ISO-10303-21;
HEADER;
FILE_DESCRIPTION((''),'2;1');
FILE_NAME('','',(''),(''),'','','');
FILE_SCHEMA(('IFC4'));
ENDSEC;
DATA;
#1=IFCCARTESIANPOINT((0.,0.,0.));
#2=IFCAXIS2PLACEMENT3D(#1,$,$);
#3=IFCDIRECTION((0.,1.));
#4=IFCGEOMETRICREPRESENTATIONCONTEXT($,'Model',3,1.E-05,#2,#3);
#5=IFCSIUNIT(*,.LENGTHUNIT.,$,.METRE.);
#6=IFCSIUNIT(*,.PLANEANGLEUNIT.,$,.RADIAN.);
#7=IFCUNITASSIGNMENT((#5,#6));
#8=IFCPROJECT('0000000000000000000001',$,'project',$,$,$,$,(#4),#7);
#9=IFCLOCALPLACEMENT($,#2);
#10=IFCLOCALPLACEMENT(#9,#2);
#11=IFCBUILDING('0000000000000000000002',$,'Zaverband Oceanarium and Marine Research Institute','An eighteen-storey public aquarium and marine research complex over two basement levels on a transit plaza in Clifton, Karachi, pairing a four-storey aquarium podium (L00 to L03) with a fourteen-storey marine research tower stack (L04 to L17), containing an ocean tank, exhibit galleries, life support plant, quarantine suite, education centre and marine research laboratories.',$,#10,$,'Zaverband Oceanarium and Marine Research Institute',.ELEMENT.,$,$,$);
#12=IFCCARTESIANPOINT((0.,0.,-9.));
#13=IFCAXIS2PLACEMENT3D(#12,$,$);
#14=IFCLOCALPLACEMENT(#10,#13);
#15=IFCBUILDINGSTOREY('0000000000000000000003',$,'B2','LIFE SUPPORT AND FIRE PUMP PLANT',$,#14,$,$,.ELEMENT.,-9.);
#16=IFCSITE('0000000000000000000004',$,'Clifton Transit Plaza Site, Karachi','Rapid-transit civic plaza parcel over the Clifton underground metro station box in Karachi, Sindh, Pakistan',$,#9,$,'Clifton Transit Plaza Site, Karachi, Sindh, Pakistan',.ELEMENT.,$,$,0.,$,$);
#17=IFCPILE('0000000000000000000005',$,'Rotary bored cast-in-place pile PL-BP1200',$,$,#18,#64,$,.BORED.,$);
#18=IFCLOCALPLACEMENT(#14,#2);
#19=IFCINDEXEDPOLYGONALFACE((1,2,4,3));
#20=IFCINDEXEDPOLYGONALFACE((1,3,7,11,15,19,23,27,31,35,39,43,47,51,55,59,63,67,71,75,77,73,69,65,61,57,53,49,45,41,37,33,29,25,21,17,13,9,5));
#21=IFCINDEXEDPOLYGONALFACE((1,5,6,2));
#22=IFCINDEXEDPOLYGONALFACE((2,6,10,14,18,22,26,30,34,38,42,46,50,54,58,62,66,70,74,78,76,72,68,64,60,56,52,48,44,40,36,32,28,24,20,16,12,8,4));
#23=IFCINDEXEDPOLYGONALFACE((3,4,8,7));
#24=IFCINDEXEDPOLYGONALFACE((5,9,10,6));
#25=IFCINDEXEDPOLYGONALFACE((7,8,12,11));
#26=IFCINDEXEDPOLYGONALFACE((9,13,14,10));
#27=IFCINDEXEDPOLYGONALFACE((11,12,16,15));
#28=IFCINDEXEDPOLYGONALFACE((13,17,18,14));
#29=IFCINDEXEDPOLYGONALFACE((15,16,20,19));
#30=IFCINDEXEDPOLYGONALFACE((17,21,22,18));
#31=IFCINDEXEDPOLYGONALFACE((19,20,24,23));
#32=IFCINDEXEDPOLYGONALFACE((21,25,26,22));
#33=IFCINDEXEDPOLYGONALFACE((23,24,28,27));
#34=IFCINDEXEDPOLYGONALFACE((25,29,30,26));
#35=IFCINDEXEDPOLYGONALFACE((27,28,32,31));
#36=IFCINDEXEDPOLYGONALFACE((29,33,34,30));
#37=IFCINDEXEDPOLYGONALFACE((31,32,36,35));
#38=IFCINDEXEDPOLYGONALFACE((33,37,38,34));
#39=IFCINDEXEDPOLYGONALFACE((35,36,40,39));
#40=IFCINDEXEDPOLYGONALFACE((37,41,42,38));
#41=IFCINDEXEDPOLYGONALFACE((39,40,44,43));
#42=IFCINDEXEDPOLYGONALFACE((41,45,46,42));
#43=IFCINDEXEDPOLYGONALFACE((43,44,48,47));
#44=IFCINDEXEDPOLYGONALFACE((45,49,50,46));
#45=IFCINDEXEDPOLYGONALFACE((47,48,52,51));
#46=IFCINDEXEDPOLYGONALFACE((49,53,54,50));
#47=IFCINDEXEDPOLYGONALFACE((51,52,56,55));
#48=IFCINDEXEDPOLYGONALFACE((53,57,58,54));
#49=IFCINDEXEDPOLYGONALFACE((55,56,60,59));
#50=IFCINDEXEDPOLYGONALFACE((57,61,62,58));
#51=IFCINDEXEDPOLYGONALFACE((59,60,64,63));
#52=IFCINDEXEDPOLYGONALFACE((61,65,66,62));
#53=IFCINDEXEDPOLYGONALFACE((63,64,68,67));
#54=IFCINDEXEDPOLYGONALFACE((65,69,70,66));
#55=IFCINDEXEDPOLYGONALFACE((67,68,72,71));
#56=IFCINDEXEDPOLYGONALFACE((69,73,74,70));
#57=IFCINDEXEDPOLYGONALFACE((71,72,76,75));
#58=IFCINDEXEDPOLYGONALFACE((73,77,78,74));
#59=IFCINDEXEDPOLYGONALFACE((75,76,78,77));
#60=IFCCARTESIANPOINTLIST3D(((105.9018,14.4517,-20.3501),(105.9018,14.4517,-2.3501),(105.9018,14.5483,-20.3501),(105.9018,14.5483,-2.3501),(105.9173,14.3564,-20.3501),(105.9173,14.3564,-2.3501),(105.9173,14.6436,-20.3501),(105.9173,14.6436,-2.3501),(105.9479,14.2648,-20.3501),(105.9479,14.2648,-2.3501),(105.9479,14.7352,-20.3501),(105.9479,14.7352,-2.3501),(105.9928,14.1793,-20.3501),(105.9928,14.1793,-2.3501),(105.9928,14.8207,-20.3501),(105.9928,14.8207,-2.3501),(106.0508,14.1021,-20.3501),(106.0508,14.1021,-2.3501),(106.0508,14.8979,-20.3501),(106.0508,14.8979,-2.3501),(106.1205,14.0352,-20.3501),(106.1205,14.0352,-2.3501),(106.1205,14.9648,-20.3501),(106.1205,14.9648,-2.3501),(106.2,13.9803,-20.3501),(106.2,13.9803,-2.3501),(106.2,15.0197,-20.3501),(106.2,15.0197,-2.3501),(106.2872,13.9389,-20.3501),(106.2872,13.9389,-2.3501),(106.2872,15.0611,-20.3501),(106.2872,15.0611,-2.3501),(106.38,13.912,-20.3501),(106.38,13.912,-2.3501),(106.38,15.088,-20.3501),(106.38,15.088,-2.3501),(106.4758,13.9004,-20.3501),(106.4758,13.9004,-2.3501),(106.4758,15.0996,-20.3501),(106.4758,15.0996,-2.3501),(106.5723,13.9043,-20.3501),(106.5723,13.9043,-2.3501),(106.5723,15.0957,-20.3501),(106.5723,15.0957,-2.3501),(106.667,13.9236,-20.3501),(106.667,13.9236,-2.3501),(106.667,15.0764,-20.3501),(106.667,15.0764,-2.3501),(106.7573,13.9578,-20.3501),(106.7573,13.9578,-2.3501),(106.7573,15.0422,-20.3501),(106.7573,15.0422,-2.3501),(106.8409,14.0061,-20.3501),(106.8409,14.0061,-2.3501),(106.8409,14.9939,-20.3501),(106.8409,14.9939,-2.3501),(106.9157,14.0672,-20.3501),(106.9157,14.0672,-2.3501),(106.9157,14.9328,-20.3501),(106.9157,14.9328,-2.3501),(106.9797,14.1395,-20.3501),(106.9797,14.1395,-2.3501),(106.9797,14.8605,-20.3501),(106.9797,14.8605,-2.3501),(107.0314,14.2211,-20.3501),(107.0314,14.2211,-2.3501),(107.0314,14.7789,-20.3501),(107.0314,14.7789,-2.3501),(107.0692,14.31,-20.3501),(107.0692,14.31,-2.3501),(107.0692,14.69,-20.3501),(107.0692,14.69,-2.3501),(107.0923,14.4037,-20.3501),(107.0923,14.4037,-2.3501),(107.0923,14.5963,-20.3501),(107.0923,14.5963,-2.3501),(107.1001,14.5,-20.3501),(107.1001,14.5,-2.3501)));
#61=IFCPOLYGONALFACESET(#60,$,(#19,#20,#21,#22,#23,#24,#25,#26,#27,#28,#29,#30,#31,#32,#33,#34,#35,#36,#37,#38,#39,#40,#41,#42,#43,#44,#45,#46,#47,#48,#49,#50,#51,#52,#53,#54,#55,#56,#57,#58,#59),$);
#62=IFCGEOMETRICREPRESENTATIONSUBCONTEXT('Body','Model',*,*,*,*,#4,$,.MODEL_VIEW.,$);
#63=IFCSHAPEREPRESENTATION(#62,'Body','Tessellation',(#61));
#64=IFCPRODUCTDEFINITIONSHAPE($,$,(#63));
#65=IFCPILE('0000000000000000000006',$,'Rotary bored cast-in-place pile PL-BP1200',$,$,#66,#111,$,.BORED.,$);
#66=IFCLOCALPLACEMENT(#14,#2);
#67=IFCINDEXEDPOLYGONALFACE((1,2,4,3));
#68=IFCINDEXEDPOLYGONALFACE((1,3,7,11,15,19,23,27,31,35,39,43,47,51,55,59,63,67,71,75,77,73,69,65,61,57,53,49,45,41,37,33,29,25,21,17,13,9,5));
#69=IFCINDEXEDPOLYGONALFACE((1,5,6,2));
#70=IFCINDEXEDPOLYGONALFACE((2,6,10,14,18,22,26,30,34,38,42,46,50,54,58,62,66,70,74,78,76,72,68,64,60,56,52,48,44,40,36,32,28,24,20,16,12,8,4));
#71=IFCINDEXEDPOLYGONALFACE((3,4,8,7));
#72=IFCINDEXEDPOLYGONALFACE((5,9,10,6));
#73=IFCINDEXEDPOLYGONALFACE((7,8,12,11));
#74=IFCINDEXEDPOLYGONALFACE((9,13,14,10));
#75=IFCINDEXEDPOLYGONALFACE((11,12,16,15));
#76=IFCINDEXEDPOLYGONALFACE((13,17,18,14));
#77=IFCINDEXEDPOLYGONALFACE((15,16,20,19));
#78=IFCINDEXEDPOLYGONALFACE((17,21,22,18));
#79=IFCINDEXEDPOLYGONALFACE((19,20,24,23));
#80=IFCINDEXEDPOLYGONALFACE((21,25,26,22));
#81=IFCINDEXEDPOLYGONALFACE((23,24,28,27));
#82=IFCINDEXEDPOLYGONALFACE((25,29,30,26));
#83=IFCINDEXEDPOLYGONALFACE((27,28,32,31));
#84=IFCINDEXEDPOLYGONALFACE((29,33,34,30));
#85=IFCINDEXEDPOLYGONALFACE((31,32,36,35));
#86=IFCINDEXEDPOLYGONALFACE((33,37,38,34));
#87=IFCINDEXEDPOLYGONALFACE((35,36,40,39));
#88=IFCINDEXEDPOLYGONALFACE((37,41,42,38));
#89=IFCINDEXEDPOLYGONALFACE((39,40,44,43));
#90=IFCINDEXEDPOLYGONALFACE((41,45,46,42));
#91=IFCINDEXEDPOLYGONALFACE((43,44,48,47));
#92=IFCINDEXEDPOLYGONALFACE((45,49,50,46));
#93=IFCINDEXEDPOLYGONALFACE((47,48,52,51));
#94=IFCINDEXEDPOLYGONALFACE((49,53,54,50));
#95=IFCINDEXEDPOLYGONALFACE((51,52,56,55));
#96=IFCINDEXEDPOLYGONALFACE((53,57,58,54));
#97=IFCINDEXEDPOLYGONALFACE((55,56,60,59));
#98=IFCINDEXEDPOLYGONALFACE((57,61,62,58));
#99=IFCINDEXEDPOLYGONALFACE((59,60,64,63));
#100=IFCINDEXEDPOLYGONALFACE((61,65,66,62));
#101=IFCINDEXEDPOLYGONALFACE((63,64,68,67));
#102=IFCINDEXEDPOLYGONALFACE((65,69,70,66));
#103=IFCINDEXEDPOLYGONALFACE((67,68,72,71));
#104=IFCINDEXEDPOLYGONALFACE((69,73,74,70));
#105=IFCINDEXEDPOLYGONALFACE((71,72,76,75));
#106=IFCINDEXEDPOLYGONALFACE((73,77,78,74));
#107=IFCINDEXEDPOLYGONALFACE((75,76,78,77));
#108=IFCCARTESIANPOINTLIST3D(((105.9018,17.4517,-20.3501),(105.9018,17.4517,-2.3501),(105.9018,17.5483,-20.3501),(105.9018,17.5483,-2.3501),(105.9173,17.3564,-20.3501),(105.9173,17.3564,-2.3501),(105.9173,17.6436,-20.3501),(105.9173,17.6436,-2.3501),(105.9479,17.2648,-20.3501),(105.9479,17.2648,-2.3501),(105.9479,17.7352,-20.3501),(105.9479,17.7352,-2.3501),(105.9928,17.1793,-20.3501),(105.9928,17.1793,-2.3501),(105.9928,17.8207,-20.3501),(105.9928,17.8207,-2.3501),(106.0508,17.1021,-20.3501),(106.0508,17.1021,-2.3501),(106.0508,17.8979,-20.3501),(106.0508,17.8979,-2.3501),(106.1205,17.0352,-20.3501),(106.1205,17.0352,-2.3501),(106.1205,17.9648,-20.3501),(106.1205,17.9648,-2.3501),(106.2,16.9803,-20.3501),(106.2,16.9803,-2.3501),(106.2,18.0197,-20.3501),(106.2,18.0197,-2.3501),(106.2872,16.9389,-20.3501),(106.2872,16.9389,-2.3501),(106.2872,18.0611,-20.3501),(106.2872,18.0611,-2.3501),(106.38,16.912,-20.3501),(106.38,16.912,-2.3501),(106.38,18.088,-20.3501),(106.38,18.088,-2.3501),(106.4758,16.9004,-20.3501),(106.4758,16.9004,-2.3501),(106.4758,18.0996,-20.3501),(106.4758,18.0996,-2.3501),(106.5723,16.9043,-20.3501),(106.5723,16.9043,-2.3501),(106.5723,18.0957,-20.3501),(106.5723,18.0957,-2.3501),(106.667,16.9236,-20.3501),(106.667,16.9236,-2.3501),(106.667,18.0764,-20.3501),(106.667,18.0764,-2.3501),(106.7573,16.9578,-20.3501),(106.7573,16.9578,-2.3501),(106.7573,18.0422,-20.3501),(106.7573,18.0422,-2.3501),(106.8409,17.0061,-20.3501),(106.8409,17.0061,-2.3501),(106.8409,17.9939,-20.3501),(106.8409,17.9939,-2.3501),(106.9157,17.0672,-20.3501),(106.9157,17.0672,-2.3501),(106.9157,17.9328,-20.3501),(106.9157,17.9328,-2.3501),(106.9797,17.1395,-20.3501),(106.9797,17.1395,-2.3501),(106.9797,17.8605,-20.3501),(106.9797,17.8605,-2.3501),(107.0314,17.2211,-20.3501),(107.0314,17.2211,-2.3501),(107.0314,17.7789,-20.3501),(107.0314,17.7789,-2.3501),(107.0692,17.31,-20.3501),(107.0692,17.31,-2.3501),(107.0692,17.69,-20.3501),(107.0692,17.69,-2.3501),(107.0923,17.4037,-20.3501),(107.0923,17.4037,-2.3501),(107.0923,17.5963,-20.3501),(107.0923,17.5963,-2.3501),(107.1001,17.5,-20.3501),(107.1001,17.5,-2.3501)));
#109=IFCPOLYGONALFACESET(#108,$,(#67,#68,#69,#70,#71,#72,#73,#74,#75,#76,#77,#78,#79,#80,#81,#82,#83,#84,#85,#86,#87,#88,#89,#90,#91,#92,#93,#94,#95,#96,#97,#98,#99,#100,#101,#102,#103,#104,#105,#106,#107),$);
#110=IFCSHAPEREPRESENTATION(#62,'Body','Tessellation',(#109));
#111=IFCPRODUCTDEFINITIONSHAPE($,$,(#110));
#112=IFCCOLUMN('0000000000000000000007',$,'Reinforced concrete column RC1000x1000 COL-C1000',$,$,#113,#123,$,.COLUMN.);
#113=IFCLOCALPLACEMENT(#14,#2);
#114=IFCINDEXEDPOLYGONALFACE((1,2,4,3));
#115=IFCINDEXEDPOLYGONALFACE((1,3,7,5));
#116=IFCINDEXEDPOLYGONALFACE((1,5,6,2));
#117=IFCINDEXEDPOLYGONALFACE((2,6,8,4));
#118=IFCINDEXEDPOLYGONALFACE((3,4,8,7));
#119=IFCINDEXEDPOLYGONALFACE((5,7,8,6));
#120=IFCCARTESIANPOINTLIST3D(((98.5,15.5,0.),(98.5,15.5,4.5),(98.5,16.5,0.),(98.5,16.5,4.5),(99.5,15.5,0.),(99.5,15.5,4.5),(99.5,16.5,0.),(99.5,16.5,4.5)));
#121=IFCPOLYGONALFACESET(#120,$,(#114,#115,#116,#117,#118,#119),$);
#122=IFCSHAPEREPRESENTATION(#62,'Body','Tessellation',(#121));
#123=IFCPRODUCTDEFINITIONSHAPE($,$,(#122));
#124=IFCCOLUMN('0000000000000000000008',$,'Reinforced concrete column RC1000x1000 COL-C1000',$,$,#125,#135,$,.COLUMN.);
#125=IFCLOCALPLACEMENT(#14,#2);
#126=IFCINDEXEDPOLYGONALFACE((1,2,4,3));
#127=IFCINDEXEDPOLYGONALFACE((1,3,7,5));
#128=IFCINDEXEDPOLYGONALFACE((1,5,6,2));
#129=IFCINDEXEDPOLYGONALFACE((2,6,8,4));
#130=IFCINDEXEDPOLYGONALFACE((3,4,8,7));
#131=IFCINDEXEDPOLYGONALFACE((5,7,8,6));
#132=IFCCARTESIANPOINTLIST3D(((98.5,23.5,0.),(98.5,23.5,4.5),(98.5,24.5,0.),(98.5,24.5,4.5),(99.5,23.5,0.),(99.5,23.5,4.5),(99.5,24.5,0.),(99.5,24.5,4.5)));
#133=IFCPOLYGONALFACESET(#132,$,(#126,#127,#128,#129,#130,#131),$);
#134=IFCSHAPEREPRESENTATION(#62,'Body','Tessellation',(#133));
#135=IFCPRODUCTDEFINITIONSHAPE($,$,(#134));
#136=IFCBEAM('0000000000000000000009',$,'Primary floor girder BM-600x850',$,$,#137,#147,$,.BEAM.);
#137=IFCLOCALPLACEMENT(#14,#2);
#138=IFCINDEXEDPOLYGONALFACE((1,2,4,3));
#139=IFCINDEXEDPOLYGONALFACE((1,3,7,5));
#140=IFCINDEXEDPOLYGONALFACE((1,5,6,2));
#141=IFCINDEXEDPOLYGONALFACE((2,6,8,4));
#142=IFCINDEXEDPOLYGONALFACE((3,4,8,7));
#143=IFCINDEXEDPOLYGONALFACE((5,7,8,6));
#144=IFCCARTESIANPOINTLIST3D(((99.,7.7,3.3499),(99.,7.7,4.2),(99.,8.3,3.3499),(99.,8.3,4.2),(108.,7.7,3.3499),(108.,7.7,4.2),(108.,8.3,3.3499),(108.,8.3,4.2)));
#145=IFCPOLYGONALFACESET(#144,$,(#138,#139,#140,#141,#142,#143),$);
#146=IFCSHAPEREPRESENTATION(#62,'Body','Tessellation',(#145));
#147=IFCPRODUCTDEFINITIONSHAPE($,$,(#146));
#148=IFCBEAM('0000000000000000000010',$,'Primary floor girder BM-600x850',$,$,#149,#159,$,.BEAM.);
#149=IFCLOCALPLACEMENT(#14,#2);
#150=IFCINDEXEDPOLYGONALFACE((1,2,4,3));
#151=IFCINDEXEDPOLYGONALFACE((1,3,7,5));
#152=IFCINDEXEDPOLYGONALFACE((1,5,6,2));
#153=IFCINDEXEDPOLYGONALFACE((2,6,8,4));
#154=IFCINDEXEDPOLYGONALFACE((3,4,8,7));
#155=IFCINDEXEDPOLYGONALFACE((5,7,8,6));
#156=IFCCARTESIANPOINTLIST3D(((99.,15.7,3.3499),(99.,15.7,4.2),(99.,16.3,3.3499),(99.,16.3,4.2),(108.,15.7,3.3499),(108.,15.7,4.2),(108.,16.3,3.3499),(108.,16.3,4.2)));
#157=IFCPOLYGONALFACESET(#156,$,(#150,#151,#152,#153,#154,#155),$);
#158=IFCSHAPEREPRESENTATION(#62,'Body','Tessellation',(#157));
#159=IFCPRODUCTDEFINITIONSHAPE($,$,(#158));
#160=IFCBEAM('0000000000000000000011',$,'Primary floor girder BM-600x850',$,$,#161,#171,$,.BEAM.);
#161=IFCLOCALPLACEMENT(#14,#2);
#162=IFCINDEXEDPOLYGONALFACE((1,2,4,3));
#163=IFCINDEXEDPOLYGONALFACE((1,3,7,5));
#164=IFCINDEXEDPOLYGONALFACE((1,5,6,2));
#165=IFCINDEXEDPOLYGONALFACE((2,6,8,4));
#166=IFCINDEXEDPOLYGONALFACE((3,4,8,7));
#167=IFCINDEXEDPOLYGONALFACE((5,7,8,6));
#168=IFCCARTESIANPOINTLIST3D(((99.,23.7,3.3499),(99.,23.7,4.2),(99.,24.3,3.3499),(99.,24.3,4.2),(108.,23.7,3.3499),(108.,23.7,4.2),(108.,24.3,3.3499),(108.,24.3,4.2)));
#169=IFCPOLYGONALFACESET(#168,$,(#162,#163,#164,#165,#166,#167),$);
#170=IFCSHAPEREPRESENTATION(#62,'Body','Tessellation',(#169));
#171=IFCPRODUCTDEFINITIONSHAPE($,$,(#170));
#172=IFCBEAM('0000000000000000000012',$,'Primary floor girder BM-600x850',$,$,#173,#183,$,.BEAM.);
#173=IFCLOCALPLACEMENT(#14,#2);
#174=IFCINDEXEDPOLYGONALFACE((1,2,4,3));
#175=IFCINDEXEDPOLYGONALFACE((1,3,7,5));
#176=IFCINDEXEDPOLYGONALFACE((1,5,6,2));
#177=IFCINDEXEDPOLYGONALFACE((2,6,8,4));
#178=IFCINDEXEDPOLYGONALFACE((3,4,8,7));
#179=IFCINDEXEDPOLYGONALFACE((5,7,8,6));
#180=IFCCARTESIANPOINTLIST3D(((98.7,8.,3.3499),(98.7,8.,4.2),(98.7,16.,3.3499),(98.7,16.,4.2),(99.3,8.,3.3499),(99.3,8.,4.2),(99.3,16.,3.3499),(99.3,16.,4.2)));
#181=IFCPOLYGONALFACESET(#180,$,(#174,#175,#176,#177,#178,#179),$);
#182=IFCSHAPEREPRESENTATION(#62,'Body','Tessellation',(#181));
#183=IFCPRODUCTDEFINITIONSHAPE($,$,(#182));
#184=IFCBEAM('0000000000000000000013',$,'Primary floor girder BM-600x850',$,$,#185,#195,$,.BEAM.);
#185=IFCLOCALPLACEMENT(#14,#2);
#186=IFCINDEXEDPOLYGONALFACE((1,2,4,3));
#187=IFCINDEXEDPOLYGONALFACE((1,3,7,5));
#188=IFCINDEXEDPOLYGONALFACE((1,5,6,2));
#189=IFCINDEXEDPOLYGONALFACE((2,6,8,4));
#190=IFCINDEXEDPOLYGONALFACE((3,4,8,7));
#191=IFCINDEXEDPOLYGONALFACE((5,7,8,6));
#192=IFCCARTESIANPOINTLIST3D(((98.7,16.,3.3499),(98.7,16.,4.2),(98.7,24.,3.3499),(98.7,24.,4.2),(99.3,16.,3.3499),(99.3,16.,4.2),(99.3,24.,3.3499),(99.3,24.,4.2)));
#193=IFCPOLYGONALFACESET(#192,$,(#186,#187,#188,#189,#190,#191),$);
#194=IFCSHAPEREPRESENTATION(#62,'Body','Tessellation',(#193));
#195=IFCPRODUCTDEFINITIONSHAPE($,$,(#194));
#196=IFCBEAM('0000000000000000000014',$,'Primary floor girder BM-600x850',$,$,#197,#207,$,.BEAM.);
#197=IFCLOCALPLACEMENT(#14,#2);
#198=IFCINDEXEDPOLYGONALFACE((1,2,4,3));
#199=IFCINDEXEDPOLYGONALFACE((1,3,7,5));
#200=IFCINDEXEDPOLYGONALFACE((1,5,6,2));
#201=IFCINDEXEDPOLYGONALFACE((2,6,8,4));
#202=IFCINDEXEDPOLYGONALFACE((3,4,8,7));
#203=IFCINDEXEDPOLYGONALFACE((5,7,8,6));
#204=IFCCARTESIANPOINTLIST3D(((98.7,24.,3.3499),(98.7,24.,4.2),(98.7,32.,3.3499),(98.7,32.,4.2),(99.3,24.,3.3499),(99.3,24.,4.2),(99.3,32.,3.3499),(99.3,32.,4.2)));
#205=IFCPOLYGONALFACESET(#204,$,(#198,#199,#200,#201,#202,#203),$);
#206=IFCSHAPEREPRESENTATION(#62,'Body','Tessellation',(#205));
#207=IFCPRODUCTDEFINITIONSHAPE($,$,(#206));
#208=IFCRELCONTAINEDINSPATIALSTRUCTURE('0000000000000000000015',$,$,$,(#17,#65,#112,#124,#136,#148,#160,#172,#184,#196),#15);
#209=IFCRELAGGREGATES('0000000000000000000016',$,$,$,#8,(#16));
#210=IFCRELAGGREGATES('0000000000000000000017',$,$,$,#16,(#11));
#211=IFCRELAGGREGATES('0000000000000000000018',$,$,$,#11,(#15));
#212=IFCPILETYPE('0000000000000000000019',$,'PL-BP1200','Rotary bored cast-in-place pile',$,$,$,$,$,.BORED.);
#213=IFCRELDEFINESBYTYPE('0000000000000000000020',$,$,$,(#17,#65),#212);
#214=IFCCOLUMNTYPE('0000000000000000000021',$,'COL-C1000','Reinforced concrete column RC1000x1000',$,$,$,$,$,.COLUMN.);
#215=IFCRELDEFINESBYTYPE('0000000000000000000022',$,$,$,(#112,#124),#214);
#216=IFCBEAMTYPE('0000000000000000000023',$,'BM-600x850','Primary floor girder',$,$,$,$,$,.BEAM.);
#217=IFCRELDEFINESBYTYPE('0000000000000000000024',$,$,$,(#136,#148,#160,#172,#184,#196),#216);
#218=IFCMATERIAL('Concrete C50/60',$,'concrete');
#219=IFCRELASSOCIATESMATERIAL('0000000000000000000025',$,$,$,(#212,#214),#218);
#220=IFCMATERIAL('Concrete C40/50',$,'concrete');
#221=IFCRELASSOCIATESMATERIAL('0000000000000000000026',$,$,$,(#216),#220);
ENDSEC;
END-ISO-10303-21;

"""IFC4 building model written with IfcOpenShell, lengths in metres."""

from ifc_helpers import new_model, si_unit, direction, frame, origin, origin_2d, place, context, subcontext, project, spatial, rectangle, circle, extrude, material, material_profile, profile_set, type_object, element, save


model = new_model("IFC4")

# Units and contexts
model_context = context("Model", 3, precision=1e-05, world=origin(), true_north=direction((0.0, 1.0)))
body_context = subcontext(model_context, "Body", "Model", "MODEL_VIEW")
ifc_project = project(units=[si_unit("LENGTHUNIT", "METRE"), si_unit("PLANEANGLEUNIT", "RADIAN")], contexts=[model_context])

# Site, building, storey
site_placement = place(None, origin())
site = spatial("IfcSite", under=ifc_project, at=site_placement, Name="Clifton Transit Plaza Site, Karachi", Description="Rapid-transit civic plaza parcel over the Clifton underground metro station box in Karachi, Sindh, Pakistan", LongName="Clifton Transit Plaza Site, Karachi, Sindh, Pakistan", CompositionType="ELEMENT", RefElevation=0.0)
building_placement = place(site_placement, origin())
building = spatial("IfcBuilding", under=site, at=building_placement, Name="Zaverband Oceanarium and Marine Research Institute", Description="An eighteen-storey public aquarium and marine research complex over two basement levels on a transit plaza in Clifton, Karachi, pairing a four-storey aquarium podium (L00 to L03) with a fourteen-storey marine research tower stack (L04 to L17), containing an ocean tank, exhibit galleries, life support plant, quarantine suite, education centre and marine research laboratories.", LongName="Zaverband Oceanarium and Marine Research Institute", CompositionType="ELEMENT")
storey_placement = place(building_placement, frame((0.0, 0.0, -9.0)))
storey = spatial("IfcBuildingStorey", under=building, at=storey_placement, Name="B2", Description="LIFE SUPPORT AND FIRE PUMP PLANT", CompositionType="ELEMENT", Elevation=-9.0)

# Shared definitions
ifc_material_1 = material(Name="Concrete C50/60", Category="concrete")

# Piles
ifc_material_profile_1 = material_profile(ifc_material_1, circle(Radius=0.6001, at=origin_2d()), Name="BP1200")
ifc_profile_set_1 = profile_set([ifc_material_profile_1], Name="Concrete C50/60")
pile_type_1 = type_object("IfcPileType", Name="PL-BP1200", Description="Rotary bored cast-in-place pile", PredefinedType="BORED", material=ifc_profile_set_1)
for number, where, z_axis, x_axis, name in (
    (1, (106.5, 14.5, -2.3501), (0.0, 0.0, -1.0), (1.0, 0.0, 0.0), "Rotary bored cast-in-place pile PL-BP1200"),
    (2, (106.5, 17.5, -2.3501), (0.0, 0.0, -1.0), (1.0, 0.0, 0.0), "Rotary bored cast-in-place pile PL-BP1200"),
):
    element("IfcPile", number, at=place(storey_placement, frame(where, z_axis=z_axis, x_axis=x_axis)), inside=storey, type_object=pile_type_1, Name=name, PredefinedType="BORED", context=body_context, shape_type="SweptSolid", body=[
        extrude(circle(Radius=0.6001, at=origin_2d()), origin(), (0.0, 0.0, 1.0), 18.0),
    ])

# Columns
ifc_material_profile_2 = material_profile(ifc_material_1, rectangle(XDim=1.0, YDim=1.0, at=origin_2d()), Name="RC1000x1000")
ifc_profile_set_2 = profile_set([ifc_material_profile_2], Name="Concrete C50/60")
column_type = type_object("IfcColumnType", Name="COL-C1000", Description="Reinforced concrete column RC1000x1000", PredefinedType="COLUMN", material=ifc_profile_set_2)
for number, where, z_axis, x_axis, name in (
    (3, (99.0, 16.0, 0.0), (0.0, 0.0, 1.0), (1.0, 0.0, 0.0), "Reinforced concrete column RC1000x1000 COL-C1000"),
    (4, (99.0, 24.0, 0.0), (0.0, 0.0, 1.0), (1.0, 0.0, 0.0), "Reinforced concrete column RC1000x1000 COL-C1000"),
):
    element("IfcColumn", number, at=place(storey_placement, frame(where, z_axis=z_axis, x_axis=x_axis)), inside=storey, type_object=column_type, Name=name, PredefinedType="COLUMN", context=body_context, shape_type="SweptSolid", body=[
        extrude(rectangle(XDim=1.0, YDim=1.0, at=origin_2d()), origin(), (0.0, 0.0, 1.0), 4.5),
    ])

# Beams
ifc_material_2 = material(Name="Concrete C40/50", Category="concrete")
ifc_material_profile_3 = material_profile(ifc_material_2, rectangle(XDim=0.6001, YDim=0.8501, at=origin_2d()), Name="RC600x850")
ifc_profile_set_3 = profile_set([ifc_material_profile_3], Name="Concrete C40/50")
beam_type_1 = type_object("IfcBeamType", Name="BM-600x850", Description="Primary floor girder", PredefinedType="BEAM", material=ifc_profile_set_3)
for number, where, z_axis, x_axis, name in (
    (5, (99.0, 8.0, 3.7749), (1.0, 0.0, 0.0), (0.0, 1.0, 0.0), "Primary floor girder BM-600x850"),
    (6, (99.0, 16.0, 3.7749), (1.0, 0.0, 0.0), (0.0, 1.0, 0.0), "Primary floor girder BM-600x850"),
    (7, (99.0, 24.0, 3.7749), (1.0, 0.0, 0.0), (0.0, 1.0, 0.0), "Primary floor girder BM-600x850"),
):
    element("IfcBeam", number, at=place(storey_placement, frame(where, z_axis=z_axis, x_axis=x_axis)), inside=storey, type_object=beam_type_1, Name=name, PredefinedType="BEAM", context=body_context, shape_type="SweptSolid", body=[
        extrude(rectangle(XDim=0.6001, YDim=0.8501, at=origin_2d()), origin(), (0.0, 0.0, 1.0), 9.0),
    ])
for number, where, z_axis, x_axis, name in (
    (8, (99.0, 8.0, 3.7749), (0.0, 1.0, 0.0), (-1.0, 0.0, 0.0), "Primary floor girder BM-600x850"),
    (9, (99.0, 16.0, 3.7749), (0.0, 1.0, 0.0), (-1.0, 0.0, 0.0), "Primary floor girder BM-600x850"),
    (10, (99.0, 24.0, 3.7749), (0.0, 1.0, 0.0), (-1.0, 0.0, 0.0), "Primary floor girder BM-600x850"),
):
    element("IfcBeam", number, at=place(storey_placement, frame(where, z_axis=z_axis, x_axis=x_axis)), inside=storey, type_object=beam_type_1, Name=name, PredefinedType="BEAM", context=body_context, shape_type="SweptSolid", body=[
        extrude(rectangle(XDim=0.6001, YDim=0.8501, at=origin_2d()), origin(), (0.0, 0.0, 1.0), 8.0),
    ])

save(model, "model.ifc")
